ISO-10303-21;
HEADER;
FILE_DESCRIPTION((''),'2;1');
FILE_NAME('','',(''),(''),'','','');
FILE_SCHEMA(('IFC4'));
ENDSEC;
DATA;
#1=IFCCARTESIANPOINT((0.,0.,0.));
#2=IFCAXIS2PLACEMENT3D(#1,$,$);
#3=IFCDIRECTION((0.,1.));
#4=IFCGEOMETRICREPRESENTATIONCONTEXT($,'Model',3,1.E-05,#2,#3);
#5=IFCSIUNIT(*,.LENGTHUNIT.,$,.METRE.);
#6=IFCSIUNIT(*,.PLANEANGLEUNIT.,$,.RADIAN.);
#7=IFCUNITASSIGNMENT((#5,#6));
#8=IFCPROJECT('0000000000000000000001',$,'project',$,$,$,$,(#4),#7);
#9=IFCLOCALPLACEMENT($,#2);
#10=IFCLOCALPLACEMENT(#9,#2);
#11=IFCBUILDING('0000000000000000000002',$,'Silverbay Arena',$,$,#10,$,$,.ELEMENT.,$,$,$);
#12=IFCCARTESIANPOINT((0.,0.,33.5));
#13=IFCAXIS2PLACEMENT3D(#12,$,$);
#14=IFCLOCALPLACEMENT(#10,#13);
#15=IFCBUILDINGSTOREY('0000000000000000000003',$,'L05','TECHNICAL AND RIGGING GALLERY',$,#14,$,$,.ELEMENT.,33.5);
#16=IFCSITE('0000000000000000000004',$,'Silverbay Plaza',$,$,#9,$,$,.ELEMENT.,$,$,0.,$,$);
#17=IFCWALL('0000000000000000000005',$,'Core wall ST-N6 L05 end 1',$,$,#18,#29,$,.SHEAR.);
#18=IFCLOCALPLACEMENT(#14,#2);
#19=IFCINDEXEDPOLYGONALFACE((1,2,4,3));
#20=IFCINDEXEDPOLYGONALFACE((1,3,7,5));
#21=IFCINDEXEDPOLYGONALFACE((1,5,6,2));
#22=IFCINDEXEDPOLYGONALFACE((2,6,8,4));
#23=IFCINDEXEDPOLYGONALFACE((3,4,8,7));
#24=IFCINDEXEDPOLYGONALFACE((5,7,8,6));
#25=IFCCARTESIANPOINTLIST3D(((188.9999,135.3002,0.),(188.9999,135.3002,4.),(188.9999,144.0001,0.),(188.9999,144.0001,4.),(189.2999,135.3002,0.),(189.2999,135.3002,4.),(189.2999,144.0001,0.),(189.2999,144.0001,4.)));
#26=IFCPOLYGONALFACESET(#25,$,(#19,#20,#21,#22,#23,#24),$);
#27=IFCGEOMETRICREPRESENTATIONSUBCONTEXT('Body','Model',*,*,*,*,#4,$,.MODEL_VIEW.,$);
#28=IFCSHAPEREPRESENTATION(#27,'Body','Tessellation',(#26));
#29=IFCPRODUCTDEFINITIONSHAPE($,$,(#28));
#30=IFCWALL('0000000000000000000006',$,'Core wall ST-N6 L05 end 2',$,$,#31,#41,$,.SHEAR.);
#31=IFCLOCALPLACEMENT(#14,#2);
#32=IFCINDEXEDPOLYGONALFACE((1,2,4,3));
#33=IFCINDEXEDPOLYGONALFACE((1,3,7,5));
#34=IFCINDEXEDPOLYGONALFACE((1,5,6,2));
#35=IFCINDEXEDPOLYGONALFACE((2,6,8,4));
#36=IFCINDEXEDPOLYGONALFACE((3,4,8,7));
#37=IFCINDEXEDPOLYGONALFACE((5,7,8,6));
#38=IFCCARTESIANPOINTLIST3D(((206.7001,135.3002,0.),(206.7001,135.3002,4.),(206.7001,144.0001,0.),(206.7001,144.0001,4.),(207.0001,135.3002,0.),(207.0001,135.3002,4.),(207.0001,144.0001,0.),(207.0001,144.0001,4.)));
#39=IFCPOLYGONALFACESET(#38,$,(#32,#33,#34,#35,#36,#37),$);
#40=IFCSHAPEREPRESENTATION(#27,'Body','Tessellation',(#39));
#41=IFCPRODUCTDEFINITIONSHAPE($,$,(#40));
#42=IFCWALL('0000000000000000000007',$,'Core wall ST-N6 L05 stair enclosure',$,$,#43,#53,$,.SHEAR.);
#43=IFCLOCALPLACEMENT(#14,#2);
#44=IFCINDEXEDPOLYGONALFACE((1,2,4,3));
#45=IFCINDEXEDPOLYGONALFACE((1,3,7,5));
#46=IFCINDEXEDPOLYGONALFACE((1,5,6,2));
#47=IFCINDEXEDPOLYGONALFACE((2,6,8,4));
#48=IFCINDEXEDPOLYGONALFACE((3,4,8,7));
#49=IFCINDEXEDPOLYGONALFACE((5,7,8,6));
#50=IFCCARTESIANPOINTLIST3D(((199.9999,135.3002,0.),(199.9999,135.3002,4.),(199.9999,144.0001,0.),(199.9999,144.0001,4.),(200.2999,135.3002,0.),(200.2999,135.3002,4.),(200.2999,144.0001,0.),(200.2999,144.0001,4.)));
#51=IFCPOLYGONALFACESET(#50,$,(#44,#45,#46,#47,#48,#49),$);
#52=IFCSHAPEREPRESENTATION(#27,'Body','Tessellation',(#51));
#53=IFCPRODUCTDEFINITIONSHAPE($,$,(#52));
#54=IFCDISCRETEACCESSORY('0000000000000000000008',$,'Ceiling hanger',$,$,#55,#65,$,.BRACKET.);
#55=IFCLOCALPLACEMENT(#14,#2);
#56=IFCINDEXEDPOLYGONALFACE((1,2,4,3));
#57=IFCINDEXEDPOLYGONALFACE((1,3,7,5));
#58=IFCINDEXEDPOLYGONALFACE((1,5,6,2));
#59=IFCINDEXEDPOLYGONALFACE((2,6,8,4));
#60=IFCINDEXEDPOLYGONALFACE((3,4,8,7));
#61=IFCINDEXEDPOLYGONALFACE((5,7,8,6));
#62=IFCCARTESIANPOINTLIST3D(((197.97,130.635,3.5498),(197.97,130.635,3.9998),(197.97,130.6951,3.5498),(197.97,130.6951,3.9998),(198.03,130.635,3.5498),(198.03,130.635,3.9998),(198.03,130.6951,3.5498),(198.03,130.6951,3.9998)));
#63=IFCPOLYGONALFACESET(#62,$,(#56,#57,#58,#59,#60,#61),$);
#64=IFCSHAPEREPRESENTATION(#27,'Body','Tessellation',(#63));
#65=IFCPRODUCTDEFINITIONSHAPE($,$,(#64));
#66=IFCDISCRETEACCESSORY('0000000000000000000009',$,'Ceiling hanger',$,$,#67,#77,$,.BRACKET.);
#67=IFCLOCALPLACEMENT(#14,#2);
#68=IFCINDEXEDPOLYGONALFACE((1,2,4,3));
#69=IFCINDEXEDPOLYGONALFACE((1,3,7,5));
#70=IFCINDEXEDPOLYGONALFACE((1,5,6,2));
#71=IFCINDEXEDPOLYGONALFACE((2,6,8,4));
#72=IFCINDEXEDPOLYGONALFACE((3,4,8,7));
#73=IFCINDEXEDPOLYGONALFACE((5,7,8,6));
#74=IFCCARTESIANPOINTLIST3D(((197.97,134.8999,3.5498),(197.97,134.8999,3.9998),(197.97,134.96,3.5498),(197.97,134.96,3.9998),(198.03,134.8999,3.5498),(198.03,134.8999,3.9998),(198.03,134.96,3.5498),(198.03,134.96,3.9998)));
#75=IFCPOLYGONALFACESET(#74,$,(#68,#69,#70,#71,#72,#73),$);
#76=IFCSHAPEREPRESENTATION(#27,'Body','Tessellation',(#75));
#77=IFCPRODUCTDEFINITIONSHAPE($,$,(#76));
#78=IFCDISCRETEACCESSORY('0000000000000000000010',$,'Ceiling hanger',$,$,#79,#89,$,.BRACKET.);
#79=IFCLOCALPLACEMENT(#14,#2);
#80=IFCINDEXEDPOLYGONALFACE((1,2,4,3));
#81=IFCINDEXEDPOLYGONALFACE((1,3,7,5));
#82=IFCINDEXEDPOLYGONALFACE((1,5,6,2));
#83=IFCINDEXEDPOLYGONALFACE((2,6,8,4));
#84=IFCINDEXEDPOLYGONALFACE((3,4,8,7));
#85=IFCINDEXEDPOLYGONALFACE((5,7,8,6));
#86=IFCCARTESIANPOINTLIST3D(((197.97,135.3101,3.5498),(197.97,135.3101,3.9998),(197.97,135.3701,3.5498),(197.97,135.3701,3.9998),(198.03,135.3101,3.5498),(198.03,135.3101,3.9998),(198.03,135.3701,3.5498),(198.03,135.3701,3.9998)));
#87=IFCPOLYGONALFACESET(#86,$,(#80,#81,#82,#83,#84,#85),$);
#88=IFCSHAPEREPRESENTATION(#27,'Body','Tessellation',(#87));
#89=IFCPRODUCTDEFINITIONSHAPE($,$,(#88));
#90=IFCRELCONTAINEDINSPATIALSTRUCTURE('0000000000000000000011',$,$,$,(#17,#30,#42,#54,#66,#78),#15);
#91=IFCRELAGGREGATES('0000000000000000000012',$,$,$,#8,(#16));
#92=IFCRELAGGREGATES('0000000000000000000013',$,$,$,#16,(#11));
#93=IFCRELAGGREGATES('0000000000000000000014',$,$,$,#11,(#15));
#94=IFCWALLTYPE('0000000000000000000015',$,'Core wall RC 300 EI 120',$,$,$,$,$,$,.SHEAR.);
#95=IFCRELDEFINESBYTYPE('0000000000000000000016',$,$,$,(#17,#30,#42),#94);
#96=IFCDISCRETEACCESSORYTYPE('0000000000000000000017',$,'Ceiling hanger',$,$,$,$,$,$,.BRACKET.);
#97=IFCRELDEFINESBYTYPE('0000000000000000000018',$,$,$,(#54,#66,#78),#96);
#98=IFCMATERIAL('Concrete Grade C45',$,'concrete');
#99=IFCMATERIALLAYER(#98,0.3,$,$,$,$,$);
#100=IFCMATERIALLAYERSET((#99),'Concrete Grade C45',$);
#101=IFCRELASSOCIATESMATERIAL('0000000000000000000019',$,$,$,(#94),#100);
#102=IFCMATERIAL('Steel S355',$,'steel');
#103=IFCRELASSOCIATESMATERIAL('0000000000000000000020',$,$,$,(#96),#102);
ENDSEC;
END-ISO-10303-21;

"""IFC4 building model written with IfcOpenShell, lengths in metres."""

from ifc_helpers import new_model, si_unit, direction, frame, frame_2d, origin, origin_2d, place, context, subcontext, project, spatial, rectangle, extrude, material, layer, layer_set, type_object, element, save


model = new_model("IFC4")

# Units and contexts
model_context = context("Model", 3, precision=1e-05, world=origin(), true_north=direction((0.0, 1.0)))
body_context = subcontext(model_context, "Body", "Model", "MODEL_VIEW")
ifc_project = project(units=[si_unit("LENGTHUNIT", "METRE"), si_unit("PLANEANGLEUNIT", "RADIAN")], contexts=[model_context])

# Site, building, storey
site_placement = place(None, origin())
site = spatial("IfcSite", under=ifc_project, at=site_placement, Name="Silverbay Plaza", CompositionType="ELEMENT", RefElevation=0.0)
building_placement = place(site_placement, origin())
building = spatial("IfcBuilding", under=site, at=building_placement, Name="Silverbay Arena", CompositionType="ELEMENT")
storey_placement = place(building_placement, frame((0.0, 0.0, 33.5)))
storey = spatial("IfcBuildingStorey", under=building, at=storey_placement, Name="L05", Description="TECHNICAL AND RIGGING GALLERY", CompositionType="ELEMENT", Elevation=33.5)

# Shared definitions
ifc_material_1 = material(Name="Concrete Grade C45", Category="concrete")
ifc_layer = layer(ifc_material_1, 0.3)
ifc_layer_set = layer_set([ifc_layer], Name="Concrete Grade C45")
wall_type = type_object("IfcWallType", Name="Core wall RC 300 EI 120", PredefinedType="SHEAR", material=ifc_layer_set)

# Walls
for number, where, z_axis, x_axis, name in (
    (1, (189.1499, 135.3, 0.0), (0.0, 0.0, 1.0), (0.0, 1.0, 0.0), "Core wall ST-N6 L05 end 1"),
    (2, (206.8501, 135.3, 0.0), (0.0, 0.0, 1.0), (0.0, 1.0, 0.0), "Core wall ST-N6 L05 end 2"),
    (3, (200.1499, 135.3, 0.0), (0.0, 0.0, 1.0), (0.0, 1.0, 0.0), "Core wall ST-N6 L05 stair enclosure"),
):
    element("IfcWall", number, at=place(storey_placement, frame(where, z_axis=z_axis, x_axis=x_axis)), inside=storey, type_object=wall_type, Name=name, PredefinedType="SHEAR", context=body_context, shape_type="SweptSolid", body=[
        extrude(rectangle(XDim=8.7, YDim=0.3, at=frame_2d((4.3501, 0.0))), origin(), (0.0, 0.0, 1.0), 4.0),
    ])

# Discrete accessories
ifc_material_2 = material(Name="Steel S355", Category="steel")
discrete_accessory_type = type_object("IfcDiscreteAccessoryType", Name="Ceiling hanger", PredefinedType="BRACKET", material=ifc_material_2)
for number, where, z_axis, x_axis, name in (
    (4, (198.0, 130.665, 3.5498), (0.0, 0.0, 1.0), (1.0, 0.0, 0.0), "Ceiling hanger"),
    (5, (198.0, 134.9299, 3.5498), (0.0, 0.0, 1.0), (1.0, 0.0, 0.0), "Ceiling hanger"),
    (6, (198.0, 135.3401, 3.5498), (0.0, 0.0, 1.0), (1.0, 0.0, 0.0), "Ceiling hanger"),
):
    element("IfcDiscreteAccessory", number, at=place(storey_placement, frame(where, z_axis=z_axis, x_axis=x_axis)), inside=storey, type_object=discrete_accessory_type, Name=name, PredefinedType="BRACKET", context=body_context, shape_type="SweptSolid", body=[
        extrude(rectangle(XDim=0.0601, YDim=0.0601, at=origin_2d()), origin(), (0.0, 0.0, 1.0), 0.45),
    ])

save(model, "model.ifc")
